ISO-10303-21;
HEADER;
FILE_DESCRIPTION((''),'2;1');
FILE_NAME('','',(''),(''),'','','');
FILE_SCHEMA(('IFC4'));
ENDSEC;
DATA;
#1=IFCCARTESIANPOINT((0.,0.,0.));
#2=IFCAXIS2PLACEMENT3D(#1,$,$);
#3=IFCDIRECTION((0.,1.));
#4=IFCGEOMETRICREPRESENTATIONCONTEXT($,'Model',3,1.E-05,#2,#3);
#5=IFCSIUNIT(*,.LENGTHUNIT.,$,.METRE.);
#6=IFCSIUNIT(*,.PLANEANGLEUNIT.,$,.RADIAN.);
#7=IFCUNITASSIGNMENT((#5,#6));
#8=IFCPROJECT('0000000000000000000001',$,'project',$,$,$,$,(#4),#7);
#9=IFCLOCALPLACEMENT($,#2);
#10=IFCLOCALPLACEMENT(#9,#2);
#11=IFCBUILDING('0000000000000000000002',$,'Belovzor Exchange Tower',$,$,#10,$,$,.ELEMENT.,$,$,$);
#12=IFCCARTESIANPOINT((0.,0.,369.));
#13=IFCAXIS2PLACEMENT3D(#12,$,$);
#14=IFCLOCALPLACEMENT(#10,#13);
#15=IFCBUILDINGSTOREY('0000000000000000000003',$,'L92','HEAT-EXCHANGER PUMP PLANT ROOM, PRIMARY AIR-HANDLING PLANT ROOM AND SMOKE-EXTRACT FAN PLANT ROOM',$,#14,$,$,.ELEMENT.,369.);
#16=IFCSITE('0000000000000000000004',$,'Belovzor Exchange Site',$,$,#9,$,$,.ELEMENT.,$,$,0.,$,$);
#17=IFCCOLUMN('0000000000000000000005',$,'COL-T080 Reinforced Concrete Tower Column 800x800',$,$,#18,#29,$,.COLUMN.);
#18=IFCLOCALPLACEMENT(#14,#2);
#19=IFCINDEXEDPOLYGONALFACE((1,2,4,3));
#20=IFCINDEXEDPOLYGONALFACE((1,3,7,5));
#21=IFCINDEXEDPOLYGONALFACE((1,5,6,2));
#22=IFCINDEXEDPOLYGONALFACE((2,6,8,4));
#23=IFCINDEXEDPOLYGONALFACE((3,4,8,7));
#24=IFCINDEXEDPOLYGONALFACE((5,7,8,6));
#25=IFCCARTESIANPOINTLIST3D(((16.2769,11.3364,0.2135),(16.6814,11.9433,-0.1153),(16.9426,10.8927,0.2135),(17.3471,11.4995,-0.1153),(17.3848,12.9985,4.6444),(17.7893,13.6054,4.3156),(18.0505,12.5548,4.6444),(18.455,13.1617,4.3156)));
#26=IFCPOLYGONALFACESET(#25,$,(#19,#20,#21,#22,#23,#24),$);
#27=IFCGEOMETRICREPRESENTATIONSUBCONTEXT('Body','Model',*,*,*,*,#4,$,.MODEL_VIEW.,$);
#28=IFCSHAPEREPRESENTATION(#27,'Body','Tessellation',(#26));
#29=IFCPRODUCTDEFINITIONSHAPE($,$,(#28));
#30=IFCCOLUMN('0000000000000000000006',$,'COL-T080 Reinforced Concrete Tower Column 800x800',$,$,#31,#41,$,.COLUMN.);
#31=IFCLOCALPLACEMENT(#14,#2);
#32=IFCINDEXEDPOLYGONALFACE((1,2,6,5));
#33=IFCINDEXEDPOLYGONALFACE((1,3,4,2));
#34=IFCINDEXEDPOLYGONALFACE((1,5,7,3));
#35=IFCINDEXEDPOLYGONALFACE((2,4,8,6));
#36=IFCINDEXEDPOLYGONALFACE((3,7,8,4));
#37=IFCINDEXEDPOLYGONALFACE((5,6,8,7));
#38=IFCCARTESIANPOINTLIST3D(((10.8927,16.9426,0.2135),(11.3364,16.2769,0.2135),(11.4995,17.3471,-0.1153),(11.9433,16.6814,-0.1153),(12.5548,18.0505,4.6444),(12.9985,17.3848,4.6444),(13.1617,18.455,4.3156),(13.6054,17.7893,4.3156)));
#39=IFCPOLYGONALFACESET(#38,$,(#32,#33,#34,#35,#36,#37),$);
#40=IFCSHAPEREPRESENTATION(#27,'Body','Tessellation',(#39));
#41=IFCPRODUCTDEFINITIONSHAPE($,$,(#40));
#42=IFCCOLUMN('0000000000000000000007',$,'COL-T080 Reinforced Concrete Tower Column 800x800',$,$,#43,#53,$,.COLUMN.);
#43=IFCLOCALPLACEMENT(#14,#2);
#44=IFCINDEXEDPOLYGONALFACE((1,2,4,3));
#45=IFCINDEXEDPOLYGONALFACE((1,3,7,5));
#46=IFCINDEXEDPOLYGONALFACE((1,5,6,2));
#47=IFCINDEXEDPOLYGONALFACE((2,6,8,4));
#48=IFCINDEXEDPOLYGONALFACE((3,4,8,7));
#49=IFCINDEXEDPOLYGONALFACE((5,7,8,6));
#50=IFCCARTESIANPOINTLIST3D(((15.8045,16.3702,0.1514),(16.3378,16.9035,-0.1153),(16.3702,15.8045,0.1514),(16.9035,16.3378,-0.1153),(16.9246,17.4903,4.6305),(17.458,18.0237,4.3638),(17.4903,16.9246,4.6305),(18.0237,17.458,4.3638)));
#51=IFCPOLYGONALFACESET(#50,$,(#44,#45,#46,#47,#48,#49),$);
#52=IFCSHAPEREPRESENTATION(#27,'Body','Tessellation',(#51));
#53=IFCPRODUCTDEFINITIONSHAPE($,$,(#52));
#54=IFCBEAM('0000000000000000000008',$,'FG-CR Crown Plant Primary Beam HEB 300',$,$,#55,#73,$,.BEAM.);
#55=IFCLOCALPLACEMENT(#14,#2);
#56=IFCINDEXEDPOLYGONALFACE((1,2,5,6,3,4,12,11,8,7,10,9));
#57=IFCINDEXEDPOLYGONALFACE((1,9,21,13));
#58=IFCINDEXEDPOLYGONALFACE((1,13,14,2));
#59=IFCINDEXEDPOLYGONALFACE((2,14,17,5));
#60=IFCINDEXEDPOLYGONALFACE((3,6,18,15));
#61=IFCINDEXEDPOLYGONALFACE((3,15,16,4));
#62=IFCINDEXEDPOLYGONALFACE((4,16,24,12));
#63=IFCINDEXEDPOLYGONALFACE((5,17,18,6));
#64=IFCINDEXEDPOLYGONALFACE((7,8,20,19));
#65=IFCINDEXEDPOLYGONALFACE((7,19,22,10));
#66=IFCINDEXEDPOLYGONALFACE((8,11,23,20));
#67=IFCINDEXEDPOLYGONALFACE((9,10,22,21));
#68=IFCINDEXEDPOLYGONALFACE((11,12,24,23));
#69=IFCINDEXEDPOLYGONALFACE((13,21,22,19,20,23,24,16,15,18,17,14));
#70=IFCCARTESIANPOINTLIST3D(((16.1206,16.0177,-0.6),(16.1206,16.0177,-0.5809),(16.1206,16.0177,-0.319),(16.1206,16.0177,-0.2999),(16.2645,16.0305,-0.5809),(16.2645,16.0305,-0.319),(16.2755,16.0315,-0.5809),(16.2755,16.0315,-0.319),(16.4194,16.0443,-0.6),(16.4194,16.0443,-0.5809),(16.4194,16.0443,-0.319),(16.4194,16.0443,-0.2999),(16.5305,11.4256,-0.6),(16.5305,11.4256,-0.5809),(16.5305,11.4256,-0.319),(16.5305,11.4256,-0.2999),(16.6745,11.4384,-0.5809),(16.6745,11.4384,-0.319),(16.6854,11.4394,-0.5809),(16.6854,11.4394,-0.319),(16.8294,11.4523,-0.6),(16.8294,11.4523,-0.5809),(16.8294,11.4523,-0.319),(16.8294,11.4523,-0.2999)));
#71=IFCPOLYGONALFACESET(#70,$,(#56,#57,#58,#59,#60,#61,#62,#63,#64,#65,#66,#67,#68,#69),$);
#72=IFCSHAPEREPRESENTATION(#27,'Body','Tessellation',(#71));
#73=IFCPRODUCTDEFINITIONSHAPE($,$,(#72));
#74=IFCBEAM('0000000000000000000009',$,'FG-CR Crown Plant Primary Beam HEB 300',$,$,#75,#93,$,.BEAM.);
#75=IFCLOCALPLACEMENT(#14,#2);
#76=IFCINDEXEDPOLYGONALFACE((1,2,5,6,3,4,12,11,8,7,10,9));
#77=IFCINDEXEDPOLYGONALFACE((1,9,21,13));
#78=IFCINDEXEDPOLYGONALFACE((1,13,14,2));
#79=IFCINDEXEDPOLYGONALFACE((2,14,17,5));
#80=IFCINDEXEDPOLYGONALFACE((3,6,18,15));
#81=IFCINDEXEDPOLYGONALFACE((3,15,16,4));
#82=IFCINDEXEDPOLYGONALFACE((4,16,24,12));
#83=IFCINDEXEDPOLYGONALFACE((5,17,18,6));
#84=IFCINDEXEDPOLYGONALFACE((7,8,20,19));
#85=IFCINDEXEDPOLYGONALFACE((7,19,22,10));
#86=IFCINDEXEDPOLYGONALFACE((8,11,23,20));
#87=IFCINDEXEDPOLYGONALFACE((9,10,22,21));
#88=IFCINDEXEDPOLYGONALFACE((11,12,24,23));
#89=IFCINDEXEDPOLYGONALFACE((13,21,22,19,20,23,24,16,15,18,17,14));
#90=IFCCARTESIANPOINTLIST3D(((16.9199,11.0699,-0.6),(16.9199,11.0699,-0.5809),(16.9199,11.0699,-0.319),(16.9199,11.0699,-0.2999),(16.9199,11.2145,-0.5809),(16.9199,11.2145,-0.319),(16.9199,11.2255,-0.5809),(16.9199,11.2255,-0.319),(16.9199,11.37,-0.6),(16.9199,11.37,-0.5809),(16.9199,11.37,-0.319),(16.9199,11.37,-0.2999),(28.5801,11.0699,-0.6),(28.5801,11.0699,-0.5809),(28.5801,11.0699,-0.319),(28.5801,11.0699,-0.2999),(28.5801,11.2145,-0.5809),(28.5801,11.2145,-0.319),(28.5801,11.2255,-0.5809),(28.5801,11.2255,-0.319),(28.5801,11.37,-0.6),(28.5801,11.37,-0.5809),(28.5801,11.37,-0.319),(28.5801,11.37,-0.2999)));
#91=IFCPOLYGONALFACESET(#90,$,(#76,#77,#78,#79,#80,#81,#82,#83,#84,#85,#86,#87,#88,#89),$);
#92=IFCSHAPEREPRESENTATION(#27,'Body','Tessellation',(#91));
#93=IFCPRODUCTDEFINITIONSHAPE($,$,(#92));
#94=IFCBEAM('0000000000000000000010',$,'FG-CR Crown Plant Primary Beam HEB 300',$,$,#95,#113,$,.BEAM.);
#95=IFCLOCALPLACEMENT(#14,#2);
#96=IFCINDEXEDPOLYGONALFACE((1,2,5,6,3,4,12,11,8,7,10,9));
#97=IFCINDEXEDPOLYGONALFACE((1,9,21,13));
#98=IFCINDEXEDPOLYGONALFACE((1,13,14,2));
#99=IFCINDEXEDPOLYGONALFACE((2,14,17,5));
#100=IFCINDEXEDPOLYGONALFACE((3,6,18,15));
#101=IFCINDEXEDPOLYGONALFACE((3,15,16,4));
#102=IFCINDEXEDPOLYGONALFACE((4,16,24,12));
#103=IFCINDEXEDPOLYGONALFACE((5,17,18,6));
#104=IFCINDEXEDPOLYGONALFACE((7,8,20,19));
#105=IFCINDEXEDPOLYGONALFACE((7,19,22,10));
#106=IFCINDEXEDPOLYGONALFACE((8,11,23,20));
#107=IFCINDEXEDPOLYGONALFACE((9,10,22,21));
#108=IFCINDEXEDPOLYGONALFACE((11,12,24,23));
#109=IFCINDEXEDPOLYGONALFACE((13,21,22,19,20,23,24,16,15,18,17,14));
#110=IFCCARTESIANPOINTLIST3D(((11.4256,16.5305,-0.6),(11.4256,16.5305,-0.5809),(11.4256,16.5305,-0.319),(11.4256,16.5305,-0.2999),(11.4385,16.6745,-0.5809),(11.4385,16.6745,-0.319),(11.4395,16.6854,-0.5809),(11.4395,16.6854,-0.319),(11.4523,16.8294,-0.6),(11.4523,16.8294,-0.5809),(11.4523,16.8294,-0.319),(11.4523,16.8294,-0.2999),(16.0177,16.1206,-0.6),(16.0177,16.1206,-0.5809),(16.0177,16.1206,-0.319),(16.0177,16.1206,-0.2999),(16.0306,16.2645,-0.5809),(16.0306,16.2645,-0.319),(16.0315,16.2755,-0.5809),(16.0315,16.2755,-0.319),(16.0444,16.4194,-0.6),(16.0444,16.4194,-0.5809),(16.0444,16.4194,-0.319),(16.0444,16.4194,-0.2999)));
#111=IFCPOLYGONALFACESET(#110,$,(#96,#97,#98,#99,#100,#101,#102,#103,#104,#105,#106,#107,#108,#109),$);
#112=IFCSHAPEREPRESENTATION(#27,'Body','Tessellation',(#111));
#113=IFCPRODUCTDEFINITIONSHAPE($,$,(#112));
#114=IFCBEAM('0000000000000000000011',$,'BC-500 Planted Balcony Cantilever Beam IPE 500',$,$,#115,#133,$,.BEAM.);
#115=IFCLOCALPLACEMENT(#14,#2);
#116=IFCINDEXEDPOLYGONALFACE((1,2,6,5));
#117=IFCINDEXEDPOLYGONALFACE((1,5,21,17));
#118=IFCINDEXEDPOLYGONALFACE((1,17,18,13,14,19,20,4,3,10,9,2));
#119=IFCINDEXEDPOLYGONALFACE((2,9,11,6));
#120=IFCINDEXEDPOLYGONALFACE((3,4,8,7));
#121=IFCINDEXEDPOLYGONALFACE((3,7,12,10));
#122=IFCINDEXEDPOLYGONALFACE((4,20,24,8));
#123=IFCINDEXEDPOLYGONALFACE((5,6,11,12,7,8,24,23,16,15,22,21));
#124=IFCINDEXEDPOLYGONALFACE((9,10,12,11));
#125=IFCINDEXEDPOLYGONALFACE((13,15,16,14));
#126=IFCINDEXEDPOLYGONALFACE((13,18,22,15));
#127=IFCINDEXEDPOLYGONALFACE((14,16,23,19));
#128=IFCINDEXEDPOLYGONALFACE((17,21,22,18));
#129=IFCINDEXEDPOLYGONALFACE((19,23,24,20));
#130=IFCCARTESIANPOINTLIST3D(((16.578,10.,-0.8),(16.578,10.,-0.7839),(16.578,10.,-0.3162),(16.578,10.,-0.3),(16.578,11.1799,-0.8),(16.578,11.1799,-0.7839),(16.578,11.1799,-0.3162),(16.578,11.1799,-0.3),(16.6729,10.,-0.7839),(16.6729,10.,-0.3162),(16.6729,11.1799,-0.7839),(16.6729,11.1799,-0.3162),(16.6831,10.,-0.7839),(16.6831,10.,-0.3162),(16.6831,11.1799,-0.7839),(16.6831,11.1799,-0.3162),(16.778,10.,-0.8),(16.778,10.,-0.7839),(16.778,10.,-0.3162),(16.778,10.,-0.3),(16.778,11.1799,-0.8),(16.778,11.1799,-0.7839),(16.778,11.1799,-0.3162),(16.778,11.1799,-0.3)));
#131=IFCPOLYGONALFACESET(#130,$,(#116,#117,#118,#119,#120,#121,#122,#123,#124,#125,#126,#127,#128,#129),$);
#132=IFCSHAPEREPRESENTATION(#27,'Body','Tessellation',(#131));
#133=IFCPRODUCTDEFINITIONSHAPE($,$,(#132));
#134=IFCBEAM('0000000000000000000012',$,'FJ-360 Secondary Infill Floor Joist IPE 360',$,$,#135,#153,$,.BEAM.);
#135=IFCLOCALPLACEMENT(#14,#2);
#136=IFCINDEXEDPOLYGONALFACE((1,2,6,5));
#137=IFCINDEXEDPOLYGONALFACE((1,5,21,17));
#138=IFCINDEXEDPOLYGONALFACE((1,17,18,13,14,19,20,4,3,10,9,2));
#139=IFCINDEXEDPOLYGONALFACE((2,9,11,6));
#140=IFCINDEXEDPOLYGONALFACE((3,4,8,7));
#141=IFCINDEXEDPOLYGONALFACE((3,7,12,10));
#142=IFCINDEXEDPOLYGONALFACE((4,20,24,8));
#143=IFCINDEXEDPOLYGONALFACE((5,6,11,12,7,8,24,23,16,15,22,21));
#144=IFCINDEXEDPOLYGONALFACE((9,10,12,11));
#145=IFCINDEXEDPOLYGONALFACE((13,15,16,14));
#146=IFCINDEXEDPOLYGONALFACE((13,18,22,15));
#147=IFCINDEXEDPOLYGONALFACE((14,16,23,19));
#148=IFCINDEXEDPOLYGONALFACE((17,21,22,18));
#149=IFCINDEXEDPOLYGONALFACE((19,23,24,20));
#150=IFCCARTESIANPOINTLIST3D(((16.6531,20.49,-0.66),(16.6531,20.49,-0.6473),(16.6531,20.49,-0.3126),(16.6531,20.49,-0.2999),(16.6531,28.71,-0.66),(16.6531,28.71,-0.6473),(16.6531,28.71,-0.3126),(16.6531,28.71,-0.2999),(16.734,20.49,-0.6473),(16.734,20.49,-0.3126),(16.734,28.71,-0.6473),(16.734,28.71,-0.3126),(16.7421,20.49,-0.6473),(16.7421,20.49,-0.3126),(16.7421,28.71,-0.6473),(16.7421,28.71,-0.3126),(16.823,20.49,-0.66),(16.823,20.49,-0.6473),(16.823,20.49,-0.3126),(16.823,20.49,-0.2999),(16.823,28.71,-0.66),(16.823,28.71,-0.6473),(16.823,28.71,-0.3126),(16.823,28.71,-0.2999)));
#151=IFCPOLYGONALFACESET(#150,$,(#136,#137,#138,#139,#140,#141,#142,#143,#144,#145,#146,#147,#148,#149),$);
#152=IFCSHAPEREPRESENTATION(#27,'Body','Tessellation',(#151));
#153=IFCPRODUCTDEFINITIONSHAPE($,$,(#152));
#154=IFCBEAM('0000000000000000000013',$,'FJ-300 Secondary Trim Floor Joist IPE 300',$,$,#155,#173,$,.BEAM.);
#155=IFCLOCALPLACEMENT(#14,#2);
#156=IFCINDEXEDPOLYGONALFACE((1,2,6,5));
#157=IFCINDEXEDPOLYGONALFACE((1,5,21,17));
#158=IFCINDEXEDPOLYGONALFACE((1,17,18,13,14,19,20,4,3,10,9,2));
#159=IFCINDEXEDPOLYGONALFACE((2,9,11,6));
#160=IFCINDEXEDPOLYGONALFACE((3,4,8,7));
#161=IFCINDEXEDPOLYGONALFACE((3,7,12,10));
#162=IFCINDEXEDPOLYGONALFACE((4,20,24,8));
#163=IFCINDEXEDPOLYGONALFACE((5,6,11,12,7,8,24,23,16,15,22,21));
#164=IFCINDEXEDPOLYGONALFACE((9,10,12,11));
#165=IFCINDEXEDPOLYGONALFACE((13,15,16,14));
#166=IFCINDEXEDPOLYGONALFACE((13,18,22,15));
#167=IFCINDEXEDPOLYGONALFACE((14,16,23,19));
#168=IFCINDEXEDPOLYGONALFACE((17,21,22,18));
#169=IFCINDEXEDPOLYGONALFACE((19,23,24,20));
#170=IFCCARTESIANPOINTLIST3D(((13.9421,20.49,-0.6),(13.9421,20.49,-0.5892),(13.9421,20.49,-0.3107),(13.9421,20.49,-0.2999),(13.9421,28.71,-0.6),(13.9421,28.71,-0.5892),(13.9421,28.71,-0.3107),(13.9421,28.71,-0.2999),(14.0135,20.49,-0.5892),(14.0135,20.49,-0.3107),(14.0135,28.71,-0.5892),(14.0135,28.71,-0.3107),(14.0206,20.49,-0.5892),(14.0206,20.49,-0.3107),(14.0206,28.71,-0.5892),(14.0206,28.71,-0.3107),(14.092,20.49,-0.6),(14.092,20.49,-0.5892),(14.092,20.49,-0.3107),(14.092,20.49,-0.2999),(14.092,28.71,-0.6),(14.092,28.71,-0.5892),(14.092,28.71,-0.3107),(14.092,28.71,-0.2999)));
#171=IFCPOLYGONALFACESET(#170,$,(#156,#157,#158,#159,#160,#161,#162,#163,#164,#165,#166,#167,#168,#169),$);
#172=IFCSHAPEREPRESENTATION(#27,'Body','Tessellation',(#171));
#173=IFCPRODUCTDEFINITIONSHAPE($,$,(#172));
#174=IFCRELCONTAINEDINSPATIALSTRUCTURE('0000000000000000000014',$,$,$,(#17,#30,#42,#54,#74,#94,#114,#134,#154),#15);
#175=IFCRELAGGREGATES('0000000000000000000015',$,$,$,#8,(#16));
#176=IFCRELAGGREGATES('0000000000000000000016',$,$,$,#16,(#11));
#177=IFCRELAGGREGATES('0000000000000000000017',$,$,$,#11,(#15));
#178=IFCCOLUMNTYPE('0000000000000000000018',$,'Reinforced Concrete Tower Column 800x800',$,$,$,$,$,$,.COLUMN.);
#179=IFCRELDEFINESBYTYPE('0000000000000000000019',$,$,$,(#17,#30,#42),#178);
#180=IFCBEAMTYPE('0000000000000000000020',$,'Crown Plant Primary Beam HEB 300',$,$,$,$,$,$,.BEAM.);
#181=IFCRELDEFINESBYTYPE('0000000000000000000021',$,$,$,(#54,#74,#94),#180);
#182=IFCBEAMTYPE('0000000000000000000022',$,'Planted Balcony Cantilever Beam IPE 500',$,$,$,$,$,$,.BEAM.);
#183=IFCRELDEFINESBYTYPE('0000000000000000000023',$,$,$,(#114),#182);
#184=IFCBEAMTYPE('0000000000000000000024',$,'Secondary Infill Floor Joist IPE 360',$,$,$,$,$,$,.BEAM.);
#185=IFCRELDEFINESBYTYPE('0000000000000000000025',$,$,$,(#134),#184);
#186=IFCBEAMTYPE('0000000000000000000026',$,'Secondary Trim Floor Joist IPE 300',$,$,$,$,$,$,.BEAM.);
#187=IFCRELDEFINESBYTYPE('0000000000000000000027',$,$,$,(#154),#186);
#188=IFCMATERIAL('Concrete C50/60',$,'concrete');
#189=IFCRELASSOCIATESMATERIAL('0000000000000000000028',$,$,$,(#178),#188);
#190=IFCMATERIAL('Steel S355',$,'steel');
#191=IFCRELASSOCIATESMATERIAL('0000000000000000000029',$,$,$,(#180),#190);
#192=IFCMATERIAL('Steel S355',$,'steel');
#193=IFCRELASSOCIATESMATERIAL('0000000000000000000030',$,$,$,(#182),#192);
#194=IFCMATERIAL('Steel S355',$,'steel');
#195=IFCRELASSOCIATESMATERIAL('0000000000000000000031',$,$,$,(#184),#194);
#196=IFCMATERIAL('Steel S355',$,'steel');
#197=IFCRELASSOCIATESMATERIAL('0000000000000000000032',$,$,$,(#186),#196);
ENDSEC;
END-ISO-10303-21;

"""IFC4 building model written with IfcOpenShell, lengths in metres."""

from ifc_helpers import new_model, si_unit, direction, frame, origin, origin_2d, place, context, subcontext, project, spatial, rectangle, i_section, extrude, material, material_profile, profile_set, type_object, element, save


model = new_model("IFC4")

# Units and contexts
model_context = context("Model", 3, precision=1e-05, world=origin(), true_north=direction((0.0, 1.0)))
body_context = subcontext(model_context, "Body", "Model", "MODEL_VIEW")
ifc_project = project(units=[si_unit("LENGTHUNIT", "METRE"), si_unit("PLANEANGLEUNIT", "RADIAN")], contexts=[model_context])

# Site, building, storey
site_placement = place(None, origin())
site = spatial("IfcSite", under=ifc_project, at=site_placement, Name="Belovzor Exchange Site", CompositionType="ELEMENT", RefElevation=0.0)
building_placement = place(site_placement, origin())
building = spatial("IfcBuilding", under=site, at=building_placement, Name="Belovzor Exchange Tower", CompositionType="ELEMENT")
storey_placement = place(building_placement, frame((0.0, 0.0, 369.0)))
storey = spatial("IfcBuildingStorey", under=building, at=storey_placement, Name="L92", Description="HEAT-EXCHANGER PUMP PLANT ROOM, PRIMARY AIR-HANDLING PLANT ROOM AND SMOKE-EXTRACT FAN PLANT ROOM", CompositionType="ELEMENT", Elevation=369.0)

# Columns
ifc_material_1 = material(Name="Concrete C50/60", Category="concrete")
ifc_material_profile_1 = material_profile(ifc_material_1, rectangle(XDim=0.8, YDim=0.8, at=origin_2d()))
ifc_profile_set_1 = profile_set([ifc_material_profile_1], Name="Concrete C50/60")
column_type = type_object("IfcColumnType", Name="Reinforced Concrete Tower Column 800x800", PredefinedType="COLUMN", material=ifc_profile_set_1)
for number, where, z_axis, x_axis, name in (
    (1, (16.812, 11.418, 0.0491), (0.227949, 0.341973, 0.911644), (-0.832088, 0.554644, 0.0), "COL-T080 Reinforced Concrete Tower Column 800x800"),
    (2, (11.418, 16.812, 0.0491), (0.341973, 0.227949, 0.911644), (-0.554644, 0.832088, 0.0), "COL-T080 Reinforced Concrete Tower Column 800x800"),
):
    element("IfcColumn", number, at=place(storey_placement, frame(where, z_axis=z_axis, x_axis=x_axis)), inside=storey, type_object=column_type, Name=name, PredefinedType="COLUMN", context=body_context, shape_type="SweptSolid", body=[
        extrude(rectangle(XDim=0.8, YDim=0.8, at=origin_2d()), origin(), (0.0, 0.0, 1.0), 4.8604),
    ])
column_placement = place(storey_placement, frame((16.354, 16.354, 0.0181), z_axis=(0.235771, 0.235771, 0.942775), x_axis=(-0.707107, 0.707107, 0.0)))
element("IfcColumn", 3, at=column_placement, inside=storey, type_object=column_type, Name="COL-T080 Reinforced Concrete Tower Column 800x800", PredefinedType="COLUMN", context=body_context, shape_type="SweptSolid", body=[
    extrude(rectangle(XDim=0.8, YDim=0.8, at=origin_2d()), origin(), (0.0, 0.0, 1.0), 4.751),
])

# Beams
ifc_material_2 = material(Name="Steel S355", Category="steel")
ifc_material_profile_2 = material_profile(ifc_material_2, i_section(OverallWidth=0.3, OverallDepth=0.3, WebThickness=0.011, FlangeThickness=0.019, at=origin_2d()))
ifc_profile_set_2 = profile_set([ifc_material_profile_2], Name="Steel S355")
beam_type_1 = type_object("IfcBeamType", Name="Crown Plant Primary Beam HEB 300", PredefinedType="BEAM", material=ifc_profile_set_2)
beam_1_placement = place(storey_placement, frame((16.27, 16.031, -0.45), z_axis=(0.088912, -0.996039, 0.0), x_axis=(0.996039, 0.088912, 0.0)))
element("IfcBeam", 4, at=beam_1_placement, inside=storey, type_object=beam_type_1, Name="FG-CR Crown Plant Primary Beam HEB 300", PredefinedType="BEAM", context=body_context, shape_type="SweptSolid", body=[
    extrude(i_section(OverallWidth=0.3, OverallDepth=0.3, WebThickness=0.011, FlangeThickness=0.019, at=origin_2d()), origin(), (0.0, 0.0, 1.0), 4.6104),
])
beam_2_placement = place(storey_placement, frame((16.9199, 11.22, -0.45), z_axis=(1.0, 0.0, 0.0), x_axis=(0.0, 1.0, 0.0)))
element("IfcBeam", 5, at=beam_2_placement, inside=storey, type_object=beam_type_1, Name="FG-CR Crown Plant Primary Beam HEB 300", PredefinedType="BEAM", context=body_context, shape_type="SweptSolid", body=[
    extrude(i_section(OverallWidth=0.3, OverallDepth=0.3, WebThickness=0.011, FlangeThickness=0.019, at=origin_2d()), origin(), (0.0, 0.0, 1.0), 11.6602),
])
beam_3_placement = place(storey_placement, frame((11.439, 16.6799, -0.45), z_axis=(0.996039, -0.088912, 0.0), x_axis=(0.088912, 0.996039, 0.0)))
element("IfcBeam", 6, at=beam_3_placement, inside=storey, type_object=beam_type_1, Name="FG-CR Crown Plant Primary Beam HEB 300", PredefinedType="BEAM", context=body_context, shape_type="SweptSolid", body=[
    extrude(i_section(OverallWidth=0.3, OverallDepth=0.3, WebThickness=0.011, FlangeThickness=0.019, at=origin_2d()), origin(), (0.0, 0.0, 1.0), 4.6104),
])
ifc_material_3 = material(Name="Steel S355", Category="steel")
ifc_material_profile_3 = material_profile(ifc_material_3, i_section(OverallWidth=0.2, OverallDepth=0.5, WebThickness=0.0103, FlangeThickness=0.0161, at=origin_2d()))
ifc_profile_set_3 = profile_set([ifc_material_profile_3], Name="Steel S355")
beam_type_2 = type_object("IfcBeamType", Name="Planted Balcony Cantilever Beam IPE 500", PredefinedType="BEAM", material=ifc_profile_set_3)
beam_4_placement = place(storey_placement, frame((16.678, 11.1799, -0.55), z_axis=(0.0, -1.0, 0.0), x_axis=(1.0, 0.0, 0.0)))
element("IfcBeam", 7, at=beam_4_placement, inside=storey, type_object=beam_type_2, Name="BC-500 Planted Balcony Cantilever Beam IPE 500", PredefinedType="BEAM", context=body_context, shape_type="SweptSolid", body=[
    extrude(i_section(OverallWidth=0.2, OverallDepth=0.5, WebThickness=0.0103, FlangeThickness=0.0161, at=origin_2d()), origin(), (0.0, 0.0, 1.0), 1.1799),
])
ifc_material_4 = material(Name="Steel S355", Category="steel")
ifc_material_profile_4 = material_profile(ifc_material_4, i_section(OverallWidth=0.1699, OverallDepth=0.3601, WebThickness=0.0081, FlangeThickness=0.0127, at=origin_2d()))
ifc_profile_set_4 = profile_set([ifc_material_profile_4], Name="Steel S355")
beam_type_3 = type_object("IfcBeamType", Name="Secondary Infill Floor Joist IPE 360", PredefinedType="BEAM", material=ifc_profile_set_4)
beam_5_placement = place(storey_placement, frame((16.738, 20.49, -0.48), z_axis=(0.0, 1.0, 0.0), x_axis=(-1.0, 0.0, 0.0)))
element("IfcBeam", 8, at=beam_5_placement, inside=storey, type_object=beam_type_3, Name="FJ-360 Secondary Infill Floor Joist IPE 360", PredefinedType="BEAM", context=body_context, shape_type="SweptSolid", body=[
    extrude(i_section(OverallWidth=0.1699, OverallDepth=0.3601, WebThickness=0.0081, FlangeThickness=0.0127, at=origin_2d()), origin(), (0.0, 0.0, 1.0), 8.22),
])
ifc_material_5 = material(Name="Steel S355", Category="steel")
ifc_material_profile_5 = material_profile(ifc_material_5, i_section(OverallWidth=0.1499, OverallDepth=0.3, WebThickness=0.0071, FlangeThickness=0.0107, at=origin_2d()))
ifc_profile_set_5 = profile_set([ifc_material_profile_5], Name="Steel S355")
beam_type_4 = type_object("IfcBeamType", Name="Secondary Trim Floor Joist IPE 300", PredefinedType="BEAM", material=ifc_profile_set_5)
beam_6_placement = place(storey_placement, frame((14.0171, 20.49, -0.45), z_axis=(0.0, 1.0, 0.0), x_axis=(-1.0, 0.0, 0.0)))
element("IfcBeam", 9, at=beam_6_placement, inside=storey, type_object=beam_type_4, Name="FJ-300 Secondary Trim Floor Joist IPE 300", PredefinedType="BEAM", context=body_context, shape_type="SweptSolid", body=[
    extrude(i_section(OverallWidth=0.1499, OverallDepth=0.3, WebThickness=0.0071, FlangeThickness=0.0107, at=origin_2d()), origin(), (0.0, 0.0, 1.0), 8.22),
])

save(model, "model.ifc")
